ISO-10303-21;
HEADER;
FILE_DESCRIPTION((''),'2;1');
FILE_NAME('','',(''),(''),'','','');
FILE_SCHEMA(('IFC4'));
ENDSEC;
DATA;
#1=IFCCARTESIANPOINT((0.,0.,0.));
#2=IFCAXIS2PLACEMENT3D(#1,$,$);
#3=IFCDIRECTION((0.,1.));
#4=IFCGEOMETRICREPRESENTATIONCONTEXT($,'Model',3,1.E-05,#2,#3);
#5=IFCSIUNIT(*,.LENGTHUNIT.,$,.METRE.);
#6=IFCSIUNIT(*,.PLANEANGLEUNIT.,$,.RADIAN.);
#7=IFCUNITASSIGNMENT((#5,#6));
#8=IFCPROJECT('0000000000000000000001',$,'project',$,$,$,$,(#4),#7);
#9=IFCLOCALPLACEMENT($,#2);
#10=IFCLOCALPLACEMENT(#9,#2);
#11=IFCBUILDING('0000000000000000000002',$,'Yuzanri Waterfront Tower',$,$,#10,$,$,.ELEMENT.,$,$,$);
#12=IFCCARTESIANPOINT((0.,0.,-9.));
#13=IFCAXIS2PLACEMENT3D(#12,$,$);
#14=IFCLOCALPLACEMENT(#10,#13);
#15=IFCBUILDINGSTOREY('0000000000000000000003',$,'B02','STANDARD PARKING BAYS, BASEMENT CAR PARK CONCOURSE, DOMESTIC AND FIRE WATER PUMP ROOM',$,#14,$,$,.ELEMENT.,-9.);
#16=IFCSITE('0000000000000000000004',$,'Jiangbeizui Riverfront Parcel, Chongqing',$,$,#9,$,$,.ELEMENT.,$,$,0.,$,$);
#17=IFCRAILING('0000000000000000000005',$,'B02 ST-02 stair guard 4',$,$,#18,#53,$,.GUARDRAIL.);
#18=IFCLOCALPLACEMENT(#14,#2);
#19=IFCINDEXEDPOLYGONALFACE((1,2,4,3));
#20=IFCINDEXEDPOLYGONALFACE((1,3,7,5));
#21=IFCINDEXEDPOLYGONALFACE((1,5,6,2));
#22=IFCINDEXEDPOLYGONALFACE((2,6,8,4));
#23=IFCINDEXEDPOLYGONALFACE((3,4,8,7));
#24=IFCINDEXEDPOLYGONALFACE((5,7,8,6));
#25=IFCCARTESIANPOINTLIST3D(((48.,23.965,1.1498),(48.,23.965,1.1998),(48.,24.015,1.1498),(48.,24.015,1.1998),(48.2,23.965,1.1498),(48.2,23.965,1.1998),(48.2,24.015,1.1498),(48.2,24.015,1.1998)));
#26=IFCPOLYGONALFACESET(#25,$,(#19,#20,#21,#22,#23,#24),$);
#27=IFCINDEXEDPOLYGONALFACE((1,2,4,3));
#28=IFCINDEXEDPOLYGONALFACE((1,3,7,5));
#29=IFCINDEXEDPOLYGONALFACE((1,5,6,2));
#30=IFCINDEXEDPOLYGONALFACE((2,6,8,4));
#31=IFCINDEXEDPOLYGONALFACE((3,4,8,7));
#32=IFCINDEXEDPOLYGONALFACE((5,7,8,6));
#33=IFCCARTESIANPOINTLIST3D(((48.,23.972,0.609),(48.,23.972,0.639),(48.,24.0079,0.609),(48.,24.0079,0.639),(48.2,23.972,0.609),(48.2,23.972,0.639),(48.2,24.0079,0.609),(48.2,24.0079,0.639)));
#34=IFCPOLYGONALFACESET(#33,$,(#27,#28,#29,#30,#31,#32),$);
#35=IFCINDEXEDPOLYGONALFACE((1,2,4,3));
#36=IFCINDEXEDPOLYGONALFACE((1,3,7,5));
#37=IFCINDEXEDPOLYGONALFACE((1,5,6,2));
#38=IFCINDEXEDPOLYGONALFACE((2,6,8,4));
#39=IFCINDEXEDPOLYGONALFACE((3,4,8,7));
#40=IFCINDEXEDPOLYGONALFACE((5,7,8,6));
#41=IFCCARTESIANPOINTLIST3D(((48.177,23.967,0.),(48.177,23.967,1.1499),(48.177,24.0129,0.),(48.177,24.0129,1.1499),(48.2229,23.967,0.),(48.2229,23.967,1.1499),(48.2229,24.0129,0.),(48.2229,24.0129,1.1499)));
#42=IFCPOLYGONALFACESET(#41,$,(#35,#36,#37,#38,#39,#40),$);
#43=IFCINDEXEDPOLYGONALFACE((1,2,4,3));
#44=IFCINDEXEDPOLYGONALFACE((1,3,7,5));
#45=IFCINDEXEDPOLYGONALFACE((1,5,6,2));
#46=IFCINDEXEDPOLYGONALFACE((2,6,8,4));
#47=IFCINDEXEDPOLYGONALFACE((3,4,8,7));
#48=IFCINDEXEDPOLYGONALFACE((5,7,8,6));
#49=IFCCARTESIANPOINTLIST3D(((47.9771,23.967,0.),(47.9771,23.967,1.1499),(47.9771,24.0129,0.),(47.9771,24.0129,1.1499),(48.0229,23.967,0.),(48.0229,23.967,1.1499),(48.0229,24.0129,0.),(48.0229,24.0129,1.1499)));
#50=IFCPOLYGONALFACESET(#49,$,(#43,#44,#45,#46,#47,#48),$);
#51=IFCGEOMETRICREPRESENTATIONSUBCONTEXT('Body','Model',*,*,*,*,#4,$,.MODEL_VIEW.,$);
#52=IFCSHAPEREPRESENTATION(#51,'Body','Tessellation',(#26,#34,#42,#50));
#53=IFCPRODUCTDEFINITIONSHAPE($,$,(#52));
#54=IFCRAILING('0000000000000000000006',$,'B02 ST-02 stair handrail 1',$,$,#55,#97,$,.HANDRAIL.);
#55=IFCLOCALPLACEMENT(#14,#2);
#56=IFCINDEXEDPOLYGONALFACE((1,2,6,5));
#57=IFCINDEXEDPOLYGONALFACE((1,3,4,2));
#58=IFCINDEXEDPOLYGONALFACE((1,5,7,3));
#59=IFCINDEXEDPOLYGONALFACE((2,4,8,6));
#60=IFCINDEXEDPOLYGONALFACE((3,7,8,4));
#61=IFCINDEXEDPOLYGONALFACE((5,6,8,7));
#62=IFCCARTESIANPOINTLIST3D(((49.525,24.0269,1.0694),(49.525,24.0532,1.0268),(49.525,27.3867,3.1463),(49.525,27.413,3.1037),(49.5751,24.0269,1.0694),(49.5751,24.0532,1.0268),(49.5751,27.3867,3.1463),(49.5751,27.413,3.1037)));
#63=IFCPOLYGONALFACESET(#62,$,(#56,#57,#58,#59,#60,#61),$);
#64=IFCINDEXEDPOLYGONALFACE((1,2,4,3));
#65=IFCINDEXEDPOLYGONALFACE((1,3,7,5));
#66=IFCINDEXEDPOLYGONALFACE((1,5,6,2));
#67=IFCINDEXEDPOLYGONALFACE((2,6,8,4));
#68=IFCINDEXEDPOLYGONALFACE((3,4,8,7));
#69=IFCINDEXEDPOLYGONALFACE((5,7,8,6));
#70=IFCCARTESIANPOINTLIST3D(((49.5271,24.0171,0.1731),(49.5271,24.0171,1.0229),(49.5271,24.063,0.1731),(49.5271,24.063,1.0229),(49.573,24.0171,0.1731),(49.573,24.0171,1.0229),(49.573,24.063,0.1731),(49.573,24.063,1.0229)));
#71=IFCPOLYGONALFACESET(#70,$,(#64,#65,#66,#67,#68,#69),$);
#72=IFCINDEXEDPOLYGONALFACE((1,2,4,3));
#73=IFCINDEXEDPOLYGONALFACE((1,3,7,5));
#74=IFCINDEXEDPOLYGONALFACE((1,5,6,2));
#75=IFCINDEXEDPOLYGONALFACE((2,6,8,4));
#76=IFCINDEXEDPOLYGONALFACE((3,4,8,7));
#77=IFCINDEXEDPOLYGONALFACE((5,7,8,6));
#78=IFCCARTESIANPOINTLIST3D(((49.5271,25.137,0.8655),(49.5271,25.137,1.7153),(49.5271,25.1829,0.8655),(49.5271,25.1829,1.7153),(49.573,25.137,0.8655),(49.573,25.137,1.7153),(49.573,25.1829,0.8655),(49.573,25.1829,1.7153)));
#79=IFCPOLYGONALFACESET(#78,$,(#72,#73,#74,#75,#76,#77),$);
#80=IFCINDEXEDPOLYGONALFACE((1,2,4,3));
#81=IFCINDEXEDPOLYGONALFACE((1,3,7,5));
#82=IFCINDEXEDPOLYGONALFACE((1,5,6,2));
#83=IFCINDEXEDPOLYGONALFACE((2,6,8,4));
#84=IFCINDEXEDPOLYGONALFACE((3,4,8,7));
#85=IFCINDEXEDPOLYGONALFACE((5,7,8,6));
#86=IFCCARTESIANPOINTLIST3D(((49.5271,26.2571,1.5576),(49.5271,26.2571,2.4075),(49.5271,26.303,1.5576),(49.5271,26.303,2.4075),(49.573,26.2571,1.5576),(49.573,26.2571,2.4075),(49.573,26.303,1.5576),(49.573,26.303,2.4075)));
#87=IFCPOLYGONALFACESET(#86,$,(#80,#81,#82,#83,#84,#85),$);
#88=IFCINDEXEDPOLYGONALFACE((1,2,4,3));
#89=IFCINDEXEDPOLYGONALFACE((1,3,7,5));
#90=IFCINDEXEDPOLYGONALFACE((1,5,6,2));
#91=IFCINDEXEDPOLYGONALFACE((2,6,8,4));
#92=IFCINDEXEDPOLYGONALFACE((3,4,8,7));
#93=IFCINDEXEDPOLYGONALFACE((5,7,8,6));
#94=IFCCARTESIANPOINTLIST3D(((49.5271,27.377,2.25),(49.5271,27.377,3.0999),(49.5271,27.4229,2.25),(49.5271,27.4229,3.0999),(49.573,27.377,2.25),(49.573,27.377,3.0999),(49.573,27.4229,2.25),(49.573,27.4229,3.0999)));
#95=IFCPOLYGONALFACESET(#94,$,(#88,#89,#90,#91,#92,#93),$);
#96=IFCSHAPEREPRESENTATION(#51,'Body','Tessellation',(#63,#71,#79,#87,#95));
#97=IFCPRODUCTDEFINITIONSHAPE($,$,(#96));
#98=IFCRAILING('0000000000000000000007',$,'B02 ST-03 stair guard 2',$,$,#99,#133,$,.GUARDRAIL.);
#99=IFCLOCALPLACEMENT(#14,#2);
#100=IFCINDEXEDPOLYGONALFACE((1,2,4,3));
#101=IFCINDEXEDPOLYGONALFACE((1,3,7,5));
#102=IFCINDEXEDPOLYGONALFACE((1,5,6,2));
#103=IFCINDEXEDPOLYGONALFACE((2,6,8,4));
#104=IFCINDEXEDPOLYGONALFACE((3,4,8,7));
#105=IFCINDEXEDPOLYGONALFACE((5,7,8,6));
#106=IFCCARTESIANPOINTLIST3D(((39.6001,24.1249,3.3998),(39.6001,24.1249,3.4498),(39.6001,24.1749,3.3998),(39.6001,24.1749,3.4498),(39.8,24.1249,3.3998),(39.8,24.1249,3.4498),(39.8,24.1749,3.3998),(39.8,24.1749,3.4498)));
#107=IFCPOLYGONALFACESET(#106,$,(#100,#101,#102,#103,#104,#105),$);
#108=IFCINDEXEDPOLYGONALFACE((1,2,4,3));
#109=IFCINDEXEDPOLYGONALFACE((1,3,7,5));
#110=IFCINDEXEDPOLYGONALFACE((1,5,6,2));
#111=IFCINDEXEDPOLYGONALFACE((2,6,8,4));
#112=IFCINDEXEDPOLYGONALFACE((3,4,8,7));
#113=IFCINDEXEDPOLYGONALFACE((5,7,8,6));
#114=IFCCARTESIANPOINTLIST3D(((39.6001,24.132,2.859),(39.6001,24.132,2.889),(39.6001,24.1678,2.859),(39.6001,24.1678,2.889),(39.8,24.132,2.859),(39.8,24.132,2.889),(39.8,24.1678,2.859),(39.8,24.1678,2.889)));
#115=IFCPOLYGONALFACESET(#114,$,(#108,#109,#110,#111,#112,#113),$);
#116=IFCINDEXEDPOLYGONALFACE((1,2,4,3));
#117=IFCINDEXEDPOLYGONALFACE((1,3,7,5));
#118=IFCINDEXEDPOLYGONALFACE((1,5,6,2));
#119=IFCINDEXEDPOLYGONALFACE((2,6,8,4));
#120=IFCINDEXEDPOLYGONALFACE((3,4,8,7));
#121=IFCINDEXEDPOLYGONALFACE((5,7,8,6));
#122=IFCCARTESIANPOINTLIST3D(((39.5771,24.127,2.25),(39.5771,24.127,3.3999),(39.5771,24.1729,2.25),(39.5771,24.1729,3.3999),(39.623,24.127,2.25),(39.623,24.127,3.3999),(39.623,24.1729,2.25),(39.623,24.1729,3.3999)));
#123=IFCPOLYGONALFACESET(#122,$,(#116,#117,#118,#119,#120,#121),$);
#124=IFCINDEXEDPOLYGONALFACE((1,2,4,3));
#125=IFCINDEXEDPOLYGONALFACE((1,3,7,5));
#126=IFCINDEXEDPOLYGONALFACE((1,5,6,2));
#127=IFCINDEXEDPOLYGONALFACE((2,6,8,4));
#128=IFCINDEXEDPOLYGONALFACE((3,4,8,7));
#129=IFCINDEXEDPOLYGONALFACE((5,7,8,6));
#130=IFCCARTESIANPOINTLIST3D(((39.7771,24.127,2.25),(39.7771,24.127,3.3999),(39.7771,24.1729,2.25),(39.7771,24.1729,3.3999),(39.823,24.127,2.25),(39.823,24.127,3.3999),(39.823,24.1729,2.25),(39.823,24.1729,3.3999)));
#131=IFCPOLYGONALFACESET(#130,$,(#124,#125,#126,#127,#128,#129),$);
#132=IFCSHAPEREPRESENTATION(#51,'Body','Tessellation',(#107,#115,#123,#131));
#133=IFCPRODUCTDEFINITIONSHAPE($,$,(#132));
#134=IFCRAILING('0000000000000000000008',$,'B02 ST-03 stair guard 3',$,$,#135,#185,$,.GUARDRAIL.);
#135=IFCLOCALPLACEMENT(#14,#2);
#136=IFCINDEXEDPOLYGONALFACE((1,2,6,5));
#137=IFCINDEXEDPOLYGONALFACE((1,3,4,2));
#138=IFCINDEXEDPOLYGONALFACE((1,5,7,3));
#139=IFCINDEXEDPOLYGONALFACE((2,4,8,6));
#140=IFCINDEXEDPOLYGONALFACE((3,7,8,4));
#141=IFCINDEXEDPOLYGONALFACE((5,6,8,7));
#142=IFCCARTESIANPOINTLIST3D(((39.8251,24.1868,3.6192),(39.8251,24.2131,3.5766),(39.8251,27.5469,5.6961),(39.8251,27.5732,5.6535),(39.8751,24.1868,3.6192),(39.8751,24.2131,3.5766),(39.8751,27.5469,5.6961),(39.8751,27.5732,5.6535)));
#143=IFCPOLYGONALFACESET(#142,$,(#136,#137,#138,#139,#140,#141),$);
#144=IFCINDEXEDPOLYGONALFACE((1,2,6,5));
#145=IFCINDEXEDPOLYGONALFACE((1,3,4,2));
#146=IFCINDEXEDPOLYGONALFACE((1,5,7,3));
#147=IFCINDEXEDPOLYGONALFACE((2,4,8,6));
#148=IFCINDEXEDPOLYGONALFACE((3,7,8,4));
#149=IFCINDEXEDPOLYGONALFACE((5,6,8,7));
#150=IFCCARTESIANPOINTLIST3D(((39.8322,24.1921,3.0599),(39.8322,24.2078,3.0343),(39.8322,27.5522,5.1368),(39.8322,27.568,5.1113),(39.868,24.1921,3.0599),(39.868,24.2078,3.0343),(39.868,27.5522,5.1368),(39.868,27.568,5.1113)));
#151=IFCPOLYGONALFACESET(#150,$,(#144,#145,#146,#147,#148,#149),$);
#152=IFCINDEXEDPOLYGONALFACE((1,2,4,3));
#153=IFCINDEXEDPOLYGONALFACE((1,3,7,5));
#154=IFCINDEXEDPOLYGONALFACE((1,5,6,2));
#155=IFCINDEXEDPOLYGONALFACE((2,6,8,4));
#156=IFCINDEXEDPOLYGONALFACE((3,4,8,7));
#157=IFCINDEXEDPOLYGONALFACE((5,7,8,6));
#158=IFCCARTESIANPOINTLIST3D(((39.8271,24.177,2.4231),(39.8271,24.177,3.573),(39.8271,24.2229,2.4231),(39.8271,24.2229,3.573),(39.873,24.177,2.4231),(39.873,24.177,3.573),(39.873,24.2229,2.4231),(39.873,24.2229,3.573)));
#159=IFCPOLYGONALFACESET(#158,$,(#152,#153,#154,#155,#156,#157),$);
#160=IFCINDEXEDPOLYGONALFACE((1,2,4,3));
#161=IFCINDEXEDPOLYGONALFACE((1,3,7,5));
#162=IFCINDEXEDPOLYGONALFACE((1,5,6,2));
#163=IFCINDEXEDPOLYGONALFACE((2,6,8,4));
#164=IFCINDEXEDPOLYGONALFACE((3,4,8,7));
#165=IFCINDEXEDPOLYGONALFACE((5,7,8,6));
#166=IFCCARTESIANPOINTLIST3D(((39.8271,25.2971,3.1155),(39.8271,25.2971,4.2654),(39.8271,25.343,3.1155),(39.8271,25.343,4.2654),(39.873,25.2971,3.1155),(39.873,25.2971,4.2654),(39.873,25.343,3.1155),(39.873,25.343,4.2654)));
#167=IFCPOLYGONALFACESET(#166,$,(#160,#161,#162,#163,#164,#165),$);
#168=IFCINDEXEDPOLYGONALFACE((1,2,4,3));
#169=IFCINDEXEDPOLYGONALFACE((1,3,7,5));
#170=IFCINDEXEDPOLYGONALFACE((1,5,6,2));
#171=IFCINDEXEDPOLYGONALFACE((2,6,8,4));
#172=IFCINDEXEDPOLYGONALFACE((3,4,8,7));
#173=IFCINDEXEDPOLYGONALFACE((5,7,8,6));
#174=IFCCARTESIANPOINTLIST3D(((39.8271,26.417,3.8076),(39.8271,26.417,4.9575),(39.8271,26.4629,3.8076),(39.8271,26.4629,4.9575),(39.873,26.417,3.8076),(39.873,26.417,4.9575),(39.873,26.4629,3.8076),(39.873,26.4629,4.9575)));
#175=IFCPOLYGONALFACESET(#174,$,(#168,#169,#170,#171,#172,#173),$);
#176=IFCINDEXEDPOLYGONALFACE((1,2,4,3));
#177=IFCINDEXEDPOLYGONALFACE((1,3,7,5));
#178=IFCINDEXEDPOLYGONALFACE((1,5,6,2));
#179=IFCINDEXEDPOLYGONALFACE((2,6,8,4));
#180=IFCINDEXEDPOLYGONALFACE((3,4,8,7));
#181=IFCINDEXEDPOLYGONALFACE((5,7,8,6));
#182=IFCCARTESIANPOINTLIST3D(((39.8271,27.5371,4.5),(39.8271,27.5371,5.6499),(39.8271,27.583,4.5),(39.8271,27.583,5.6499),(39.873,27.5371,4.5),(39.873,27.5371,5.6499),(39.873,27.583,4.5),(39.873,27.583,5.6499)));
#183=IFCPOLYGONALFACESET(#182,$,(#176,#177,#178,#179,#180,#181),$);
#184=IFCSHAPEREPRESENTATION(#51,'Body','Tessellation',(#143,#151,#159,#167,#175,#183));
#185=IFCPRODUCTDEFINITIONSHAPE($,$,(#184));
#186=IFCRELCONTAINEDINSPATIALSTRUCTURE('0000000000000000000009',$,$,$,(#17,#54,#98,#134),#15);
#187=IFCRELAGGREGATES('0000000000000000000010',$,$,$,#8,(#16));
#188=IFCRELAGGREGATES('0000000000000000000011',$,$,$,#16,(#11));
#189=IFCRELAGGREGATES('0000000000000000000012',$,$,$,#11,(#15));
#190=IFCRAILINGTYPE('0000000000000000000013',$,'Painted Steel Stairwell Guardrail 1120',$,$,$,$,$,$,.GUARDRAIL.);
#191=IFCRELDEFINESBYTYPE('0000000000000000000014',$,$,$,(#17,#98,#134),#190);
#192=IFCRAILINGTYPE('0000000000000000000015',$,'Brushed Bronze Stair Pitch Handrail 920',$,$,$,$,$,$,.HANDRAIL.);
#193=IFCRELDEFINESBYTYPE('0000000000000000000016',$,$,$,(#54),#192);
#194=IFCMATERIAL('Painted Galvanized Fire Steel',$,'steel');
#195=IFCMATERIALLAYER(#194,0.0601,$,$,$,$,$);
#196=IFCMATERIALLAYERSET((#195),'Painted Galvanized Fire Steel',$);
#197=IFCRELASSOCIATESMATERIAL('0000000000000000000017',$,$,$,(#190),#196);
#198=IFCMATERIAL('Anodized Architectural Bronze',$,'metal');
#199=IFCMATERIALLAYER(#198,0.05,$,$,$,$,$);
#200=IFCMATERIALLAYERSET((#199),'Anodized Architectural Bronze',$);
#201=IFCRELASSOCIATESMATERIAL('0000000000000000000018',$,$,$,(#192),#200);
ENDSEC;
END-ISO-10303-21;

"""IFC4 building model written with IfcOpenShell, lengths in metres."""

from ifc_helpers import new_model, si_unit, direction, frame, origin, origin_2d, place, context, subcontext, project, spatial, rectangle, extrude, source, transform, mapped, material, layer, layer_set, type_object, element, save


model = new_model("IFC4")

# Units and contexts
model_context = context("Model", 3, precision=1e-05, world=origin(), true_north=direction((0.0, 1.0)))
body_context = subcontext(model_context, "Body", "Model", "MODEL_VIEW")
ifc_project = project(units=[si_unit("LENGTHUNIT", "METRE"), si_unit("PLANEANGLEUNIT", "RADIAN")], contexts=[model_context])

# Site, building, storey
site_placement = place(None, origin())
site = spatial("IfcSite", under=ifc_project, at=site_placement, Name="Jiangbeizui Riverfront Parcel, Chongqing", CompositionType="ELEMENT", RefElevation=0.0)
building_placement = place(site_placement, origin())
building = spatial("IfcBuilding", under=site, at=building_placement, Name="Yuzanri Waterfront Tower", CompositionType="ELEMENT")
storey_placement = place(building_placement, frame((0.0, 0.0, -9.0)))
storey = spatial("IfcBuildingStorey", under=building, at=storey_placement, Name="B02", Description="STANDARD PARKING BAYS, BASEMENT CAR PARK CONCOURSE, DOMESTIC AND FIRE WATER PUMP ROOM", CompositionType="ELEMENT", Elevation=-9.0)

# Railings
ifc_material_1 = material(Name="Painted Galvanized Fire Steel", Category="steel")
ifc_layer_1 = layer(ifc_material_1, 0.0601)
ifc_layer_set_1 = layer_set([ifc_layer_1], Name="Painted Galvanized Fire Steel")
railing_type_1 = type_object("IfcRailingType", Name="Painted Steel Stairwell Guardrail 1120", PredefinedType="GUARDRAIL", material=ifc_layer_set_1)
shared_shape_1 = source(origin(), body_context, "Body", "SweptSolid", [
    extrude(rectangle(XDim=0.05, YDim=0.05, at=origin_2d()), frame((0.0, 0.0, 1.1748), z_axis=(-1.0, 0.0, 0.0), x_axis=(0.0, -1.0, 0.0)), (0.0, 0.0, 1.0), 0.2),
    extrude(rectangle(XDim=0.0359, YDim=0.03, at=origin_2d()), frame((0.0, 0.0, 0.624), z_axis=(-1.0, 0.0, 0.0), x_axis=(0.0, -1.0, 0.0)), (0.0, 0.0, 1.0), 0.2),
    extrude(rectangle(XDim=0.0459, YDim=0.0459, at=origin_2d()), origin(), (0.0, 0.0, 1.0), 1.1499),
    extrude(rectangle(XDim=0.0459, YDim=0.0459, at=origin_2d()), frame((-0.2, 0.0, 0.0)), (0.0, 0.0, 1.0), 1.1499),
])
railing_1_placement = place(storey_placement, frame((48.2, 23.99, 0.0)))
element("IfcRailing", 1, at=railing_1_placement, inside=storey, type_object=railing_type_1, Name="B02 ST-02 stair guard 4", PredefinedType="GUARDRAIL", context=body_context, shape_type="MappedRepresentation", body=[
    mapped(shared_shape_1, transform((0.0, 0.0, 0.0), scale=1.0)),
])
ifc_material_2 = material(Name="Anodized Architectural Bronze", Category="metal")
ifc_layer_2 = layer(ifc_material_2, 0.05)
ifc_layer_set_2 = layer_set([ifc_layer_2], Name="Anodized Architectural Bronze")
railing_type_2 = type_object("IfcRailingType", Name="Brushed Bronze Stair Pitch Handrail 920", PredefinedType="HANDRAIL", material=ifc_layer_set_2)
shared_shape_2 = source(origin(), body_context, "Body", "SweptSolid", [
    extrude(rectangle(XDim=0.05, YDim=0.05, at=origin_2d()), frame((0.0, 0.0, 0.875), z_axis=(0.0, 0.850606, 0.525803), x_axis=(-1.0, 0.0, 0.0)), (0.0, 0.0, 1.0), 3.95),
    extrude(rectangle(XDim=0.0459, YDim=0.0459, at=origin_2d()), origin(), (0.0, 0.0, 1.0), 0.8499),
    extrude(rectangle(XDim=0.0459, YDim=0.0459, at=origin_2d()), frame((0.0, 1.1199, 0.6924)), (0.0, 0.0, 1.0), 0.8499),
    extrude(rectangle(XDim=0.0459, YDim=0.0459, at=origin_2d()), frame((0.0, 2.24, 1.3845)), (0.0, 0.0, 1.0), 0.8499),
    extrude(rectangle(XDim=0.0459, YDim=0.0459, at=origin_2d()), frame((0.0, 3.3599, 2.0769)), (0.0, 0.0, 1.0), 0.8499),
])
railing_2_placement = place(storey_placement, frame((49.55, 24.04, 0.1731)))
element("IfcRailing", 2, at=railing_2_placement, inside=storey, type_object=railing_type_2, Name="B02 ST-02 stair handrail 1", PredefinedType="HANDRAIL", context=body_context, shape_type="MappedRepresentation", body=[
    mapped(shared_shape_2, transform((0.0, 0.0, 0.0), scale=1.0)),
])
shared_shape_3 = source(origin(), body_context, "Body", "SweptSolid", [
    extrude(rectangle(XDim=0.05, YDim=0.05, at=origin_2d()), frame((0.0, 0.0, 1.1748), z_axis=(1.0, 0.0, 0.0), x_axis=(0.0, 1.0, 0.0)), (0.0, 0.0, 1.0), 0.2),
    extrude(rectangle(XDim=0.0359, YDim=0.03, at=origin_2d()), frame((0.0, 0.0, 0.624), z_axis=(1.0, 0.0, 0.0), x_axis=(0.0, 1.0, 0.0)), (0.0, 0.0, 1.0), 0.2),
    extrude(rectangle(XDim=0.0459, YDim=0.0459, at=origin_2d()), origin(), (0.0, 0.0, 1.0), 1.1499),
    extrude(rectangle(XDim=0.0459, YDim=0.0459, at=origin_2d()), frame((0.2, 0.0, 0.0)), (0.0, 0.0, 1.0), 1.1499),
])
railing_3_placement = place(storey_placement, frame((39.6001, 24.1499, 2.25)))
element("IfcRailing", 3, at=railing_3_placement, inside=storey, type_object=railing_type_1, Name="B02 ST-03 stair guard 2", PredefinedType="GUARDRAIL", context=body_context, shape_type="MappedRepresentation", body=[
    mapped(shared_shape_3, transform((0.0, 0.0, 0.0), scale=1.0)),
])
shared_shape_4 = source(origin(), body_context, "Body", "SweptSolid", [
    extrude(rectangle(XDim=0.05, YDim=0.05, at=origin_2d()), frame((0.0, 0.0, 1.1748), z_axis=(0.0, 0.850623, 0.525776), x_axis=(-1.0, 0.0, 0.0)), (0.0, 0.0, 1.0), 3.9502),
    extrude(rectangle(XDim=0.0359, YDim=0.03, at=origin_2d()), frame((0.0, 0.0, 0.624), z_axis=(0.0, 0.850623, 0.525776), x_axis=(-1.0, 0.0, 0.0)), (0.0, 0.0, 1.0), 3.9502),
    extrude(rectangle(XDim=0.0459, YDim=0.0459, at=origin_2d()), origin(), (0.0, 0.0, 1.0), 1.1499),
    extrude(rectangle(XDim=0.0459, YDim=0.0459, at=origin_2d()), frame((0.0, 1.1201, 0.6924)), (0.0, 0.0, 1.0), 1.1499),
    extrude(rectangle(XDim=0.0459, YDim=0.0459, at=origin_2d()), frame((0.0, 2.24, 1.3845)), (0.0, 0.0, 1.0), 1.1499),
    extrude(rectangle(XDim=0.0459, YDim=0.0459, at=origin_2d()), frame((0.0, 3.3601, 2.0769)), (0.0, 0.0, 1.0), 1.1499),
])
railing_4_placement = place(storey_placement, frame((39.8501, 24.2, 2.4231)))
element("IfcRailing", 4, at=railing_4_placement, inside=storey, type_object=railing_type_1, Name="B02 ST-03 stair guard 3", PredefinedType="GUARDRAIL", context=body_context, shape_type="MappedRepresentation", body=[
    mapped(shared_shape_4, transform((0.0, 0.0, 0.0), scale=1.0)),
])

save(model, "model.ifc")
